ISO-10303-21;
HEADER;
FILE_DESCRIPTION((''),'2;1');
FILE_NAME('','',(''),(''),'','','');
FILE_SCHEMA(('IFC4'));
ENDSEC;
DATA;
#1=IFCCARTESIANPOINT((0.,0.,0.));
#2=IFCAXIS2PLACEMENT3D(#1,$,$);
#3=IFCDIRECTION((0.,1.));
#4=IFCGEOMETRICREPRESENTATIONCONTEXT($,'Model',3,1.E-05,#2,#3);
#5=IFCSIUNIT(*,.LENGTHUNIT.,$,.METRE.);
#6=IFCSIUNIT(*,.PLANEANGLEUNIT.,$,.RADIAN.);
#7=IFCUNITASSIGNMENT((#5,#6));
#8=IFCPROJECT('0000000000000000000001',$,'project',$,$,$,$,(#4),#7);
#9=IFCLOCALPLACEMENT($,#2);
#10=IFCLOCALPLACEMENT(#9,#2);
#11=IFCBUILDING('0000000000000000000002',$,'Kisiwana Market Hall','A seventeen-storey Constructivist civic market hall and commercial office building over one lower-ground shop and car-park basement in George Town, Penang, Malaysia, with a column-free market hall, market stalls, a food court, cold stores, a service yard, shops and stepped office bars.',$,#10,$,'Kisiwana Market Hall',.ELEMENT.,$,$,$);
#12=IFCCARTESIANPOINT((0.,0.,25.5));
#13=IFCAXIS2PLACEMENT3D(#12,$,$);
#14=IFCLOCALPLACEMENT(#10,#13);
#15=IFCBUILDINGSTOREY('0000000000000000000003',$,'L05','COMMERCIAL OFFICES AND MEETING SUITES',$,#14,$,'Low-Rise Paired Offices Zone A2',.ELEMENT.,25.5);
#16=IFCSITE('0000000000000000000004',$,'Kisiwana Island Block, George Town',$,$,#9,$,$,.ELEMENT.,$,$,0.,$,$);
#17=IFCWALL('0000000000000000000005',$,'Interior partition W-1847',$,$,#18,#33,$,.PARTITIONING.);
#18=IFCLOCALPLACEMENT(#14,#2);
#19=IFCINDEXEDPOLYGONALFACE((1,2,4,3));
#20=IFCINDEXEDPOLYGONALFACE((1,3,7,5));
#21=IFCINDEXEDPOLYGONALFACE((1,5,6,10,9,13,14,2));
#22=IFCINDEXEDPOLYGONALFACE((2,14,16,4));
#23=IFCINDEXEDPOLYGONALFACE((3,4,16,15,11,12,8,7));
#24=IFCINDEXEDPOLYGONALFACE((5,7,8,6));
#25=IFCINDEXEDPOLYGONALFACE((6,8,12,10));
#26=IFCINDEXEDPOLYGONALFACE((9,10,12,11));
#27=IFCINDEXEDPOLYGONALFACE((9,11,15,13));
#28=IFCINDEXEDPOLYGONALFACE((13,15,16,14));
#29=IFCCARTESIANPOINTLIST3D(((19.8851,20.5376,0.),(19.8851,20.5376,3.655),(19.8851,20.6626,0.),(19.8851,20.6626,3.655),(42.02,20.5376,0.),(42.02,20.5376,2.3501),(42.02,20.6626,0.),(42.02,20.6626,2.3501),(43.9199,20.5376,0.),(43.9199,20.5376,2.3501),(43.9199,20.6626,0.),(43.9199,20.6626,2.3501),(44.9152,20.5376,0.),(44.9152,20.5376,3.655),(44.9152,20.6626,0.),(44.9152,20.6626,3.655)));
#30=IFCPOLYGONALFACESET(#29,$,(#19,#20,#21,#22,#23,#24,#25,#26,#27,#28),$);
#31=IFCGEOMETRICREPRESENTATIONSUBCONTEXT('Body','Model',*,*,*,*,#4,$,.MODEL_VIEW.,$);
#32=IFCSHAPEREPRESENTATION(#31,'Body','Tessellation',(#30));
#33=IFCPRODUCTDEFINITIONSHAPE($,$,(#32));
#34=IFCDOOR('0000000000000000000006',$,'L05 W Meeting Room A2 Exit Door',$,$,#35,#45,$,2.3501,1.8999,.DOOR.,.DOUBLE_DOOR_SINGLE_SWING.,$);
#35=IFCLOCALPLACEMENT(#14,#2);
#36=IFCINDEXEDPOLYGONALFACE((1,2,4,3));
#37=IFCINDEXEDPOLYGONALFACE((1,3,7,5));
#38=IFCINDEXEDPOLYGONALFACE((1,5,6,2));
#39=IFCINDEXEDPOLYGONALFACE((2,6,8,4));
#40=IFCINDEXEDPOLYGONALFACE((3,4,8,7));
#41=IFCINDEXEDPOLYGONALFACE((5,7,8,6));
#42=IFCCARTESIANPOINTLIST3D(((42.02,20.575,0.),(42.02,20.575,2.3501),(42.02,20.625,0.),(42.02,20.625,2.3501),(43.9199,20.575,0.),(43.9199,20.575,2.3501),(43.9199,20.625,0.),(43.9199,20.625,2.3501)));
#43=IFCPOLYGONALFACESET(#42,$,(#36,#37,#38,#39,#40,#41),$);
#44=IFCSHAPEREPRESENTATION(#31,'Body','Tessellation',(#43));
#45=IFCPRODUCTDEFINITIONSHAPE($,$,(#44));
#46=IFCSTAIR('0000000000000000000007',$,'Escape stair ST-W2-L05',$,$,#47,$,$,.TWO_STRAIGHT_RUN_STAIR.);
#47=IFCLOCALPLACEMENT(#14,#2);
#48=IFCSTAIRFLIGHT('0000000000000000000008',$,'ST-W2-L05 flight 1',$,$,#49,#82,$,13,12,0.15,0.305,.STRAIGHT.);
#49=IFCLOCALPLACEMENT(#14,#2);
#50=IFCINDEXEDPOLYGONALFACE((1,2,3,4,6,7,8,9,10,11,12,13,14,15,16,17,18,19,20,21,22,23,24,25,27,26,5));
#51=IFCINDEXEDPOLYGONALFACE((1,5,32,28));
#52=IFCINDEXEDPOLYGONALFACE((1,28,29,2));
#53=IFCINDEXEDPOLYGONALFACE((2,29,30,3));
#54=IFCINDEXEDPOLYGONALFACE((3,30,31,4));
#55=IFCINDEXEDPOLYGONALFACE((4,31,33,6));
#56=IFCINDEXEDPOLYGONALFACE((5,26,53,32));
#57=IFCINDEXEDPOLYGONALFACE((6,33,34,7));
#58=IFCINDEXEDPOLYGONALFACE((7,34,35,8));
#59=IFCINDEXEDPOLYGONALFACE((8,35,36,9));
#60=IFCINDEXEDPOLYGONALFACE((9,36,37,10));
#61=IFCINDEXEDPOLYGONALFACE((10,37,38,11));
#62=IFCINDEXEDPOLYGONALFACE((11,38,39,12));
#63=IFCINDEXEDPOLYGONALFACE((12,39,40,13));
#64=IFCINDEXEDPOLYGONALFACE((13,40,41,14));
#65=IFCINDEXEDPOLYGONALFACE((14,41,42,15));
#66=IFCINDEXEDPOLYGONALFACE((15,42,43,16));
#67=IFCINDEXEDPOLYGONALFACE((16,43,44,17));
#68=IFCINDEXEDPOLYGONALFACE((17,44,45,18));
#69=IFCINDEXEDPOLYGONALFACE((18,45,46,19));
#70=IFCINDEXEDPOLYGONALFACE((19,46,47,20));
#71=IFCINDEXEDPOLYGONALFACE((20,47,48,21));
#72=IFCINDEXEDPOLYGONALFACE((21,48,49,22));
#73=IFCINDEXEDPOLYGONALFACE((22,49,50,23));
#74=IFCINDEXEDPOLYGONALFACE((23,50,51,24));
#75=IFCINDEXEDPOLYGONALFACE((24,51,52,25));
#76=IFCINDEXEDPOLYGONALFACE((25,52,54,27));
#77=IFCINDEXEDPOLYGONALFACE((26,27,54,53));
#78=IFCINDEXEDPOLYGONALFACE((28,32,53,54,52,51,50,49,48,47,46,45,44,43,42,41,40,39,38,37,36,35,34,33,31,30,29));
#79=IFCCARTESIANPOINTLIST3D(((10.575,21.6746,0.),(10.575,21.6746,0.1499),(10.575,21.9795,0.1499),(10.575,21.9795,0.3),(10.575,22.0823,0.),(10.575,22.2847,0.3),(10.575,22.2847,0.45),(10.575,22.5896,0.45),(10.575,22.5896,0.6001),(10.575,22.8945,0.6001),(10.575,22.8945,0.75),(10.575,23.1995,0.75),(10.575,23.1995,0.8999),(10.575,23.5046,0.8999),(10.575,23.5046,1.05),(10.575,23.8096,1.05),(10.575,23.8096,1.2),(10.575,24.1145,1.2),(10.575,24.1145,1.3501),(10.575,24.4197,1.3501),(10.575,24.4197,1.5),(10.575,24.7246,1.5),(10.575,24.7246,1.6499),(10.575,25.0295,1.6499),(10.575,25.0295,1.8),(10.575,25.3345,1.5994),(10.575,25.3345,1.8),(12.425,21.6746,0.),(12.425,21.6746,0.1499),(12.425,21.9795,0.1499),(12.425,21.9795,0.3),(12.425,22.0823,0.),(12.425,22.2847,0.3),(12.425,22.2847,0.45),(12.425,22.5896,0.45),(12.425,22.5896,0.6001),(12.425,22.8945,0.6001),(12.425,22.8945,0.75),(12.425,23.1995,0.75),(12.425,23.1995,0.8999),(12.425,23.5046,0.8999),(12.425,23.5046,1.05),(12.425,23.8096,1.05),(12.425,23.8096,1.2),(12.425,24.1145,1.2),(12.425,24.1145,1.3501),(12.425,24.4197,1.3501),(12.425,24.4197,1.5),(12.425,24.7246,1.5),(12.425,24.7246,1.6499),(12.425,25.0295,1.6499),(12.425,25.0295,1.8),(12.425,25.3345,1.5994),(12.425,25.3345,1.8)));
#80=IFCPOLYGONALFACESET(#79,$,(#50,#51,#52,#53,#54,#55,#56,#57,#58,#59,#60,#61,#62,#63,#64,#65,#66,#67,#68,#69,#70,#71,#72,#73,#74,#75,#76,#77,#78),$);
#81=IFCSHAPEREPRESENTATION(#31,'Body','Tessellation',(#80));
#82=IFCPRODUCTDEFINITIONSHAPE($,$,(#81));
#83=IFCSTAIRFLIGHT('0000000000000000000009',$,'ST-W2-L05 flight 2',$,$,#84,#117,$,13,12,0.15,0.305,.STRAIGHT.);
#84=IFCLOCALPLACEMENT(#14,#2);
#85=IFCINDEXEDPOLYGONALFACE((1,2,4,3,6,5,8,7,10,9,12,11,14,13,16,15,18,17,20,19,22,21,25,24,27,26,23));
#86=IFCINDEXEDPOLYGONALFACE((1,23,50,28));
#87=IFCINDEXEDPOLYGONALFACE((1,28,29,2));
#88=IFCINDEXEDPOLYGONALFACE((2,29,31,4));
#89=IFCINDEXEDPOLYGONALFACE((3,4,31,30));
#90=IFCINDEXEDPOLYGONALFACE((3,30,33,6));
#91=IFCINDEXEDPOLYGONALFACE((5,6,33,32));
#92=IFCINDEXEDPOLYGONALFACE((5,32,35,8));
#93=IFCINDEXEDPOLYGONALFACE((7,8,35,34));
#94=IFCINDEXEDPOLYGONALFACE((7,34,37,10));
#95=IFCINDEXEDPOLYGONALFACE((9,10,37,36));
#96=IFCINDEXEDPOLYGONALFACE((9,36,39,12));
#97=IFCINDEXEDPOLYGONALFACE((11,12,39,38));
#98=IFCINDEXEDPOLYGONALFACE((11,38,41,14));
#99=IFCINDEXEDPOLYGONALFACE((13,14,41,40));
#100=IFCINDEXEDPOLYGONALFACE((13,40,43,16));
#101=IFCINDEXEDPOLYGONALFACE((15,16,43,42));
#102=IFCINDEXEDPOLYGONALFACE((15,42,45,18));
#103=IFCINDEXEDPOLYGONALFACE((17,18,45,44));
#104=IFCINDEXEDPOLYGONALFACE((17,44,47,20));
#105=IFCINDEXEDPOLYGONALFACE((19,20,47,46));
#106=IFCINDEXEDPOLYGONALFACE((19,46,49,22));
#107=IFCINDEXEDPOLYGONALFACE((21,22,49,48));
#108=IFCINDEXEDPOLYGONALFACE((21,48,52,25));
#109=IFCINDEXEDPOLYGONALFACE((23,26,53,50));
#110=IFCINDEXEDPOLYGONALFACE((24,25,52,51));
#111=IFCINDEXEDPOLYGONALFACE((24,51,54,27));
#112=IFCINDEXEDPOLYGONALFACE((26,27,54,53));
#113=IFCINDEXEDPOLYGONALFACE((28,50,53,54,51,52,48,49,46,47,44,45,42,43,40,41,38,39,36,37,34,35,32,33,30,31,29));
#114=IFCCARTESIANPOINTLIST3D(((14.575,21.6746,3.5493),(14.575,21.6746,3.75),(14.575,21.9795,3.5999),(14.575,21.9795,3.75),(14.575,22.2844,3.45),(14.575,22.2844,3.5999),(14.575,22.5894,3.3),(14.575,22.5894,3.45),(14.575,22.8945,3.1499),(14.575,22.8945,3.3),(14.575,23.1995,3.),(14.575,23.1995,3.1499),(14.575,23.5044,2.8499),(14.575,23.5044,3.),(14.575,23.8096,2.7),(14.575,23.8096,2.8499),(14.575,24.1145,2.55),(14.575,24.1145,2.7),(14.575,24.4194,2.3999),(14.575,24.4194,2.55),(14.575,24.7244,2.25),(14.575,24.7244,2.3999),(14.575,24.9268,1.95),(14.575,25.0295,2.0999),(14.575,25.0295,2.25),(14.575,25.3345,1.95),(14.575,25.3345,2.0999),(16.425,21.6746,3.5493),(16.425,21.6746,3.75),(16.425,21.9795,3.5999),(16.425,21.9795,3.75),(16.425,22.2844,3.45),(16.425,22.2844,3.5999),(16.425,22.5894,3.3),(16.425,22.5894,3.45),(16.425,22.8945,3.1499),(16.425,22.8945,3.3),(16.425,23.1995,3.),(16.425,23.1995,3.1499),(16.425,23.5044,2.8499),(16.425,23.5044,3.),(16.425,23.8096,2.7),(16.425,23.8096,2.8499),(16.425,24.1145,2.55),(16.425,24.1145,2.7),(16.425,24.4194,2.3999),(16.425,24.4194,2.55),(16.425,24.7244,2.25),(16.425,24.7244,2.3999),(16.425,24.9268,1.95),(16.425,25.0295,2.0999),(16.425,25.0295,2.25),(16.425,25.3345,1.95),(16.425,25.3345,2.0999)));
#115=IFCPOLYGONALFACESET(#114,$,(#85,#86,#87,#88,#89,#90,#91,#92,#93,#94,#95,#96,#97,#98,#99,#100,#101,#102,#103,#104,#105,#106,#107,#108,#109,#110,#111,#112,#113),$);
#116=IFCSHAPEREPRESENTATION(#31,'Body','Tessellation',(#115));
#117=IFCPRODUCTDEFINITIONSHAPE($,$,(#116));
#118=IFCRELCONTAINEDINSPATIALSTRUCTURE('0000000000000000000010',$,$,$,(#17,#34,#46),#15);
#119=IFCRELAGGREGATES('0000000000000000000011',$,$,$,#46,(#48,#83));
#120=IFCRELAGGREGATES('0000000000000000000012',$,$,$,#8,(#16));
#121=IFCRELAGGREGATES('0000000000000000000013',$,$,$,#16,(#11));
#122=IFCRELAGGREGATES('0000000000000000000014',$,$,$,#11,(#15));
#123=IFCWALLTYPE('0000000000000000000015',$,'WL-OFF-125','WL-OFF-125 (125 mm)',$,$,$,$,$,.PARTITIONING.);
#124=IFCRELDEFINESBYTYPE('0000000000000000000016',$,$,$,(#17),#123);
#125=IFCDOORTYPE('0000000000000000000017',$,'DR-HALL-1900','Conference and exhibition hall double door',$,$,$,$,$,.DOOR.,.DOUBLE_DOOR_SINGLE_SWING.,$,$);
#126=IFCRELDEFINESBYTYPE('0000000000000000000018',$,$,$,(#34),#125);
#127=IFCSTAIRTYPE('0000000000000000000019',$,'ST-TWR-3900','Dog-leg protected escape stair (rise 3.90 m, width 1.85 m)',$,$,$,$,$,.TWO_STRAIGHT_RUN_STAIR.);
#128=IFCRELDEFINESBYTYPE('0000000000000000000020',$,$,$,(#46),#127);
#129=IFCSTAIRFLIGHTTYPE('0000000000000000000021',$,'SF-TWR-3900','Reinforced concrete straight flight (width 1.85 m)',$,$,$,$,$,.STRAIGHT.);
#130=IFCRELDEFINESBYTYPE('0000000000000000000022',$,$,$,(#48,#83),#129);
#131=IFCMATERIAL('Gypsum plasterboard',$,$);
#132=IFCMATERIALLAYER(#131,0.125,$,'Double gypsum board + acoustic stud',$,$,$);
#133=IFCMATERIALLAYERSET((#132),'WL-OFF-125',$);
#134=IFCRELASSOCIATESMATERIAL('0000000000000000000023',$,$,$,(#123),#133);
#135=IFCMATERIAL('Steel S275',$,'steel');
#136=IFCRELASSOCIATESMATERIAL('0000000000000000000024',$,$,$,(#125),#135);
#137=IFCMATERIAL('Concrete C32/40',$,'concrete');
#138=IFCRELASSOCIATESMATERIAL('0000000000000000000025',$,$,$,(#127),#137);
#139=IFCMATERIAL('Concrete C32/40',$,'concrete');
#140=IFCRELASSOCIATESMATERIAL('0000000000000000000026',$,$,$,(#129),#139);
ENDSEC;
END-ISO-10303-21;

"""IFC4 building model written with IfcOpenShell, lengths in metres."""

from ifc_helpers import new_model, si_unit, direction, frame, frame_2d, origin, place, context, subcontext, project, spatial, polyline, rectangle, outline, extrude, material, layer, layer_set, type_object, element, fill, aggregate, save


model = new_model("IFC4")

# Units and contexts
model_context = context("Model", 3, precision=1e-05, world=origin(), true_north=direction((0.0, 1.0)))
body_context = subcontext(model_context, "Body", "Model", "MODEL_VIEW")
ifc_project = project(units=[si_unit("LENGTHUNIT", "METRE"), si_unit("PLANEANGLEUNIT", "RADIAN")], contexts=[model_context])

# Site, building, storey
site_placement = place(None, origin())
site = spatial("IfcSite", under=ifc_project, at=site_placement, Name="Kisiwana Island Block, George Town", CompositionType="ELEMENT", RefElevation=0.0)
building_placement = place(site_placement, origin())
building = spatial("IfcBuilding", under=site, at=building_placement, Name="Kisiwana Market Hall", Description="A seventeen-storey Constructivist civic market hall and commercial office building over one lower-ground shop and car-park basement in George Town, Penang, Malaysia, with a column-free market hall, market stalls, a food court, cold stores, a service yard, shops and stepped office bars.", LongName="Kisiwana Market Hall", CompositionType="ELEMENT")
storey_placement = place(building_placement, frame((0.0, 0.0, 25.5)))
storey = spatial("IfcBuildingStorey", under=building, at=storey_placement, Name="L05", Description="COMMERCIAL OFFICES AND MEETING SUITES", LongName="Low-Rise Paired Offices Zone A2", CompositionType="ELEMENT", Elevation=25.5)

# Shared definitions
ifc_material_1 = material(Name="Gypsum plasterboard")
ifc_layer_1 = layer(ifc_material_1, 0.125, Name="Double gypsum board + acoustic stud")
ifc_layer_set_1 = layer_set([ifc_layer_1], Name="WL-OFF-125")
wall_type_1 = type_object("IfcWallType", Name="WL-OFF-125", Description="WL-OFF-125 (125 mm)", PredefinedType="PARTITIONING", material=ifc_layer_set_1)

# Wall, opening, door
wall_1_placement = place(storey_placement, frame((19.885, 20.6001, 0.0), z_axis=(0.0, 0.0, 1.0), x_axis=(1.0, 0.0, 0.0)))
wall_1 = element("IfcWall", 1, at=wall_1_placement, inside=storey, type_object=wall_type_1, Name="Interior partition W-1847", PredefinedType="PARTITIONING", context=body_context, shape_type="SweptSolid", body=[
    extrude(rectangle(XDim=25.03, YDim=0.125, at=frame_2d((12.5151, 0.0))), origin(), (0.0, 0.0, 1.0), 3.655),
])
opening_1_placement = place(wall_1_placement, frame((22.135, 0.0, 0.0)))
opening_1 = element("IfcOpeningElement", 2, at=opening_1_placement, cuts=wall_1, PredefinedType="OPENING", context=body_context, shape_type="SweptSolid", body=[
    extrude(rectangle(XDim=1.8999, YDim=2.3501, at=frame_2d((0.95, 1.175))), frame((0.0, 0.0745, 0.0), z_axis=(0.0, -1.0, 0.0), x_axis=(1.0, 0.0, 0.0)), (0.0, 0.0, 1.0), 0.1489),
])
ifc_material_2 = material(Name="Steel S275", Category="steel")
door_type_1 = type_object("IfcDoorType", Name="DR-HALL-1900", Description="Conference and exhibition hall double door", OperationType="DOUBLE_DOOR_SINGLE_SWING", PredefinedType="DOOR", material=ifc_material_2)
door_1_placement = place(opening_1_placement, origin())
door_1 = element("IfcDoor", 3, at=door_1_placement, inside=storey, type_object=door_type_1, Name="L05 W Meeting Room A2 Exit Door", OperationType="DOUBLE_DOOR_SINGLE_SWING", OverallHeight=2.3501, OverallWidth=1.8999, PredefinedType="DOOR", context=body_context, shape_type="SweptSolid", body=[
    extrude(rectangle(XDim=1.8999, YDim=2.3501, at=frame_2d((0.95, 1.175))), frame((0.0, 0.0249, 0.0), z_axis=(0.0, -1.0, 0.0), x_axis=(1.0, 0.0, 0.0)), (0.0, 0.0, 1.0), 0.05),
])
fill(opening_1, door_1)

# Stair, stair flights
ifc_material_3 = material(Name="Concrete C32/40", Category="concrete")
stair_type = type_object("IfcStairType", Name="ST-TWR-3900", Description="Dog-leg protected escape stair (rise 3.90 m, width 1.85 m)", PredefinedType="TWO_STRAIGHT_RUN_STAIR", material=ifc_material_3)
stair_placement = place(storey_placement, origin())
stair = element("IfcStair", 4, at=stair_placement, inside=storey, type_object=stair_type, Name="Escape stair ST-W2-L05", PredefinedType="TWO_STRAIGHT_RUN_STAIR")
ifc_material_4 = material(Name="Concrete C32/40", Category="concrete")
stair_flight_type = type_object("IfcStairFlightType", Name="SF-TWR-3900", Description="Reinforced concrete straight flight (width 1.85 m)", PredefinedType="STRAIGHT", material=ifc_material_4)
stair_flight_1_placement = place(storey_placement, frame((11.5, 21.6746, 0.0), z_axis=(0.0, 0.0, 1.0), x_axis=(0.0, 1.0, 0.0)))
stair_flight_1 = element("IfcStairFlight", 5, at=stair_flight_1_placement, type_object=stair_flight_type, Name="ST-W2-L05 flight 1", NumberOfRisers=13, NumberOfTreads=12, PredefinedType="STRAIGHT", RiserHeight=0.15, TreadLength=0.305, context=body_context, shape_type="SweptSolid", body=[
    extrude(outline(polyline([(0.0, 0.0), (0.0, 0.1499), (0.3049, 0.1499), (0.3049, 0.3), (0.6101, 0.3), (0.6101, 0.45), (0.915, 0.45), (0.915, 0.6001), (1.22, 0.6001), (1.22, 0.75), (1.5249, 0.75), (1.5249, 0.8999), (1.8301, 0.8999), (1.8301, 1.05), (2.135, 1.05), (2.135, 1.2), (2.4399, 1.2), (2.4399, 1.3501), (2.7451, 1.3501), (2.7451, 1.5), (3.05, 1.5), (3.05, 1.6499), (3.355, 1.6499), (3.355, 1.8), (3.6599, 1.8), (3.6599, 1.95), (3.6599, 1.5994), (0.4077, 0.0), (0.0, 0.0)])), frame((0.0, 0.925, 0.0), z_axis=(0.0, -1.0, 0.0), x_axis=(1.0, 0.0, 0.0)), (0.0, 0.0, 1.0), 1.8501),
])
stair_flight_2_placement = place(storey_placement, frame((15.5, 25.3345, 1.95), z_axis=(0.0, 0.0, 1.0), x_axis=(0.0, -1.0, 0.0)))
stair_flight_2 = element("IfcStairFlight", 6, at=stair_flight_2_placement, type_object=stair_flight_type, Name="ST-W2-L05 flight 2", NumberOfRisers=13, NumberOfTreads=12, PredefinedType="STRAIGHT", RiserHeight=0.15, TreadLength=0.305, context=body_context, shape_type="SweptSolid", body=[
    extrude(outline(polyline([(0.0, 0.0), (0.0, 0.1499), (0.3049, 0.1499), (0.3049, 0.3), (0.6101, 0.3), (0.6101, 0.45), (0.915, 0.45), (0.915, 0.6001), (1.22, 0.6001), (1.22, 0.75), (1.5249, 0.75), (1.5249, 0.8999), (1.8301, 0.8999), (1.8301, 1.05), (2.135, 1.05), (2.135, 1.2), (2.4399, 1.2), (2.4399, 1.3501), (2.7451, 1.3501), (2.7451, 1.5), (3.05, 1.5), (3.05, 1.6499), (3.355, 1.6499), (3.355, 1.8), (3.6599, 1.8), (3.6599, 1.95), (3.6599, 1.5994), (0.4077, 0.0), (0.0, 0.0)])), frame((0.0, 0.925, 0.0), z_axis=(0.0, -1.0, 0.0), x_axis=(1.0, 0.0, 0.0)), (0.0, 0.0, 1.0), 1.8501),
])
aggregate(stair, [stair_flight_1, stair_flight_2])

save(model, "model.ifc")
